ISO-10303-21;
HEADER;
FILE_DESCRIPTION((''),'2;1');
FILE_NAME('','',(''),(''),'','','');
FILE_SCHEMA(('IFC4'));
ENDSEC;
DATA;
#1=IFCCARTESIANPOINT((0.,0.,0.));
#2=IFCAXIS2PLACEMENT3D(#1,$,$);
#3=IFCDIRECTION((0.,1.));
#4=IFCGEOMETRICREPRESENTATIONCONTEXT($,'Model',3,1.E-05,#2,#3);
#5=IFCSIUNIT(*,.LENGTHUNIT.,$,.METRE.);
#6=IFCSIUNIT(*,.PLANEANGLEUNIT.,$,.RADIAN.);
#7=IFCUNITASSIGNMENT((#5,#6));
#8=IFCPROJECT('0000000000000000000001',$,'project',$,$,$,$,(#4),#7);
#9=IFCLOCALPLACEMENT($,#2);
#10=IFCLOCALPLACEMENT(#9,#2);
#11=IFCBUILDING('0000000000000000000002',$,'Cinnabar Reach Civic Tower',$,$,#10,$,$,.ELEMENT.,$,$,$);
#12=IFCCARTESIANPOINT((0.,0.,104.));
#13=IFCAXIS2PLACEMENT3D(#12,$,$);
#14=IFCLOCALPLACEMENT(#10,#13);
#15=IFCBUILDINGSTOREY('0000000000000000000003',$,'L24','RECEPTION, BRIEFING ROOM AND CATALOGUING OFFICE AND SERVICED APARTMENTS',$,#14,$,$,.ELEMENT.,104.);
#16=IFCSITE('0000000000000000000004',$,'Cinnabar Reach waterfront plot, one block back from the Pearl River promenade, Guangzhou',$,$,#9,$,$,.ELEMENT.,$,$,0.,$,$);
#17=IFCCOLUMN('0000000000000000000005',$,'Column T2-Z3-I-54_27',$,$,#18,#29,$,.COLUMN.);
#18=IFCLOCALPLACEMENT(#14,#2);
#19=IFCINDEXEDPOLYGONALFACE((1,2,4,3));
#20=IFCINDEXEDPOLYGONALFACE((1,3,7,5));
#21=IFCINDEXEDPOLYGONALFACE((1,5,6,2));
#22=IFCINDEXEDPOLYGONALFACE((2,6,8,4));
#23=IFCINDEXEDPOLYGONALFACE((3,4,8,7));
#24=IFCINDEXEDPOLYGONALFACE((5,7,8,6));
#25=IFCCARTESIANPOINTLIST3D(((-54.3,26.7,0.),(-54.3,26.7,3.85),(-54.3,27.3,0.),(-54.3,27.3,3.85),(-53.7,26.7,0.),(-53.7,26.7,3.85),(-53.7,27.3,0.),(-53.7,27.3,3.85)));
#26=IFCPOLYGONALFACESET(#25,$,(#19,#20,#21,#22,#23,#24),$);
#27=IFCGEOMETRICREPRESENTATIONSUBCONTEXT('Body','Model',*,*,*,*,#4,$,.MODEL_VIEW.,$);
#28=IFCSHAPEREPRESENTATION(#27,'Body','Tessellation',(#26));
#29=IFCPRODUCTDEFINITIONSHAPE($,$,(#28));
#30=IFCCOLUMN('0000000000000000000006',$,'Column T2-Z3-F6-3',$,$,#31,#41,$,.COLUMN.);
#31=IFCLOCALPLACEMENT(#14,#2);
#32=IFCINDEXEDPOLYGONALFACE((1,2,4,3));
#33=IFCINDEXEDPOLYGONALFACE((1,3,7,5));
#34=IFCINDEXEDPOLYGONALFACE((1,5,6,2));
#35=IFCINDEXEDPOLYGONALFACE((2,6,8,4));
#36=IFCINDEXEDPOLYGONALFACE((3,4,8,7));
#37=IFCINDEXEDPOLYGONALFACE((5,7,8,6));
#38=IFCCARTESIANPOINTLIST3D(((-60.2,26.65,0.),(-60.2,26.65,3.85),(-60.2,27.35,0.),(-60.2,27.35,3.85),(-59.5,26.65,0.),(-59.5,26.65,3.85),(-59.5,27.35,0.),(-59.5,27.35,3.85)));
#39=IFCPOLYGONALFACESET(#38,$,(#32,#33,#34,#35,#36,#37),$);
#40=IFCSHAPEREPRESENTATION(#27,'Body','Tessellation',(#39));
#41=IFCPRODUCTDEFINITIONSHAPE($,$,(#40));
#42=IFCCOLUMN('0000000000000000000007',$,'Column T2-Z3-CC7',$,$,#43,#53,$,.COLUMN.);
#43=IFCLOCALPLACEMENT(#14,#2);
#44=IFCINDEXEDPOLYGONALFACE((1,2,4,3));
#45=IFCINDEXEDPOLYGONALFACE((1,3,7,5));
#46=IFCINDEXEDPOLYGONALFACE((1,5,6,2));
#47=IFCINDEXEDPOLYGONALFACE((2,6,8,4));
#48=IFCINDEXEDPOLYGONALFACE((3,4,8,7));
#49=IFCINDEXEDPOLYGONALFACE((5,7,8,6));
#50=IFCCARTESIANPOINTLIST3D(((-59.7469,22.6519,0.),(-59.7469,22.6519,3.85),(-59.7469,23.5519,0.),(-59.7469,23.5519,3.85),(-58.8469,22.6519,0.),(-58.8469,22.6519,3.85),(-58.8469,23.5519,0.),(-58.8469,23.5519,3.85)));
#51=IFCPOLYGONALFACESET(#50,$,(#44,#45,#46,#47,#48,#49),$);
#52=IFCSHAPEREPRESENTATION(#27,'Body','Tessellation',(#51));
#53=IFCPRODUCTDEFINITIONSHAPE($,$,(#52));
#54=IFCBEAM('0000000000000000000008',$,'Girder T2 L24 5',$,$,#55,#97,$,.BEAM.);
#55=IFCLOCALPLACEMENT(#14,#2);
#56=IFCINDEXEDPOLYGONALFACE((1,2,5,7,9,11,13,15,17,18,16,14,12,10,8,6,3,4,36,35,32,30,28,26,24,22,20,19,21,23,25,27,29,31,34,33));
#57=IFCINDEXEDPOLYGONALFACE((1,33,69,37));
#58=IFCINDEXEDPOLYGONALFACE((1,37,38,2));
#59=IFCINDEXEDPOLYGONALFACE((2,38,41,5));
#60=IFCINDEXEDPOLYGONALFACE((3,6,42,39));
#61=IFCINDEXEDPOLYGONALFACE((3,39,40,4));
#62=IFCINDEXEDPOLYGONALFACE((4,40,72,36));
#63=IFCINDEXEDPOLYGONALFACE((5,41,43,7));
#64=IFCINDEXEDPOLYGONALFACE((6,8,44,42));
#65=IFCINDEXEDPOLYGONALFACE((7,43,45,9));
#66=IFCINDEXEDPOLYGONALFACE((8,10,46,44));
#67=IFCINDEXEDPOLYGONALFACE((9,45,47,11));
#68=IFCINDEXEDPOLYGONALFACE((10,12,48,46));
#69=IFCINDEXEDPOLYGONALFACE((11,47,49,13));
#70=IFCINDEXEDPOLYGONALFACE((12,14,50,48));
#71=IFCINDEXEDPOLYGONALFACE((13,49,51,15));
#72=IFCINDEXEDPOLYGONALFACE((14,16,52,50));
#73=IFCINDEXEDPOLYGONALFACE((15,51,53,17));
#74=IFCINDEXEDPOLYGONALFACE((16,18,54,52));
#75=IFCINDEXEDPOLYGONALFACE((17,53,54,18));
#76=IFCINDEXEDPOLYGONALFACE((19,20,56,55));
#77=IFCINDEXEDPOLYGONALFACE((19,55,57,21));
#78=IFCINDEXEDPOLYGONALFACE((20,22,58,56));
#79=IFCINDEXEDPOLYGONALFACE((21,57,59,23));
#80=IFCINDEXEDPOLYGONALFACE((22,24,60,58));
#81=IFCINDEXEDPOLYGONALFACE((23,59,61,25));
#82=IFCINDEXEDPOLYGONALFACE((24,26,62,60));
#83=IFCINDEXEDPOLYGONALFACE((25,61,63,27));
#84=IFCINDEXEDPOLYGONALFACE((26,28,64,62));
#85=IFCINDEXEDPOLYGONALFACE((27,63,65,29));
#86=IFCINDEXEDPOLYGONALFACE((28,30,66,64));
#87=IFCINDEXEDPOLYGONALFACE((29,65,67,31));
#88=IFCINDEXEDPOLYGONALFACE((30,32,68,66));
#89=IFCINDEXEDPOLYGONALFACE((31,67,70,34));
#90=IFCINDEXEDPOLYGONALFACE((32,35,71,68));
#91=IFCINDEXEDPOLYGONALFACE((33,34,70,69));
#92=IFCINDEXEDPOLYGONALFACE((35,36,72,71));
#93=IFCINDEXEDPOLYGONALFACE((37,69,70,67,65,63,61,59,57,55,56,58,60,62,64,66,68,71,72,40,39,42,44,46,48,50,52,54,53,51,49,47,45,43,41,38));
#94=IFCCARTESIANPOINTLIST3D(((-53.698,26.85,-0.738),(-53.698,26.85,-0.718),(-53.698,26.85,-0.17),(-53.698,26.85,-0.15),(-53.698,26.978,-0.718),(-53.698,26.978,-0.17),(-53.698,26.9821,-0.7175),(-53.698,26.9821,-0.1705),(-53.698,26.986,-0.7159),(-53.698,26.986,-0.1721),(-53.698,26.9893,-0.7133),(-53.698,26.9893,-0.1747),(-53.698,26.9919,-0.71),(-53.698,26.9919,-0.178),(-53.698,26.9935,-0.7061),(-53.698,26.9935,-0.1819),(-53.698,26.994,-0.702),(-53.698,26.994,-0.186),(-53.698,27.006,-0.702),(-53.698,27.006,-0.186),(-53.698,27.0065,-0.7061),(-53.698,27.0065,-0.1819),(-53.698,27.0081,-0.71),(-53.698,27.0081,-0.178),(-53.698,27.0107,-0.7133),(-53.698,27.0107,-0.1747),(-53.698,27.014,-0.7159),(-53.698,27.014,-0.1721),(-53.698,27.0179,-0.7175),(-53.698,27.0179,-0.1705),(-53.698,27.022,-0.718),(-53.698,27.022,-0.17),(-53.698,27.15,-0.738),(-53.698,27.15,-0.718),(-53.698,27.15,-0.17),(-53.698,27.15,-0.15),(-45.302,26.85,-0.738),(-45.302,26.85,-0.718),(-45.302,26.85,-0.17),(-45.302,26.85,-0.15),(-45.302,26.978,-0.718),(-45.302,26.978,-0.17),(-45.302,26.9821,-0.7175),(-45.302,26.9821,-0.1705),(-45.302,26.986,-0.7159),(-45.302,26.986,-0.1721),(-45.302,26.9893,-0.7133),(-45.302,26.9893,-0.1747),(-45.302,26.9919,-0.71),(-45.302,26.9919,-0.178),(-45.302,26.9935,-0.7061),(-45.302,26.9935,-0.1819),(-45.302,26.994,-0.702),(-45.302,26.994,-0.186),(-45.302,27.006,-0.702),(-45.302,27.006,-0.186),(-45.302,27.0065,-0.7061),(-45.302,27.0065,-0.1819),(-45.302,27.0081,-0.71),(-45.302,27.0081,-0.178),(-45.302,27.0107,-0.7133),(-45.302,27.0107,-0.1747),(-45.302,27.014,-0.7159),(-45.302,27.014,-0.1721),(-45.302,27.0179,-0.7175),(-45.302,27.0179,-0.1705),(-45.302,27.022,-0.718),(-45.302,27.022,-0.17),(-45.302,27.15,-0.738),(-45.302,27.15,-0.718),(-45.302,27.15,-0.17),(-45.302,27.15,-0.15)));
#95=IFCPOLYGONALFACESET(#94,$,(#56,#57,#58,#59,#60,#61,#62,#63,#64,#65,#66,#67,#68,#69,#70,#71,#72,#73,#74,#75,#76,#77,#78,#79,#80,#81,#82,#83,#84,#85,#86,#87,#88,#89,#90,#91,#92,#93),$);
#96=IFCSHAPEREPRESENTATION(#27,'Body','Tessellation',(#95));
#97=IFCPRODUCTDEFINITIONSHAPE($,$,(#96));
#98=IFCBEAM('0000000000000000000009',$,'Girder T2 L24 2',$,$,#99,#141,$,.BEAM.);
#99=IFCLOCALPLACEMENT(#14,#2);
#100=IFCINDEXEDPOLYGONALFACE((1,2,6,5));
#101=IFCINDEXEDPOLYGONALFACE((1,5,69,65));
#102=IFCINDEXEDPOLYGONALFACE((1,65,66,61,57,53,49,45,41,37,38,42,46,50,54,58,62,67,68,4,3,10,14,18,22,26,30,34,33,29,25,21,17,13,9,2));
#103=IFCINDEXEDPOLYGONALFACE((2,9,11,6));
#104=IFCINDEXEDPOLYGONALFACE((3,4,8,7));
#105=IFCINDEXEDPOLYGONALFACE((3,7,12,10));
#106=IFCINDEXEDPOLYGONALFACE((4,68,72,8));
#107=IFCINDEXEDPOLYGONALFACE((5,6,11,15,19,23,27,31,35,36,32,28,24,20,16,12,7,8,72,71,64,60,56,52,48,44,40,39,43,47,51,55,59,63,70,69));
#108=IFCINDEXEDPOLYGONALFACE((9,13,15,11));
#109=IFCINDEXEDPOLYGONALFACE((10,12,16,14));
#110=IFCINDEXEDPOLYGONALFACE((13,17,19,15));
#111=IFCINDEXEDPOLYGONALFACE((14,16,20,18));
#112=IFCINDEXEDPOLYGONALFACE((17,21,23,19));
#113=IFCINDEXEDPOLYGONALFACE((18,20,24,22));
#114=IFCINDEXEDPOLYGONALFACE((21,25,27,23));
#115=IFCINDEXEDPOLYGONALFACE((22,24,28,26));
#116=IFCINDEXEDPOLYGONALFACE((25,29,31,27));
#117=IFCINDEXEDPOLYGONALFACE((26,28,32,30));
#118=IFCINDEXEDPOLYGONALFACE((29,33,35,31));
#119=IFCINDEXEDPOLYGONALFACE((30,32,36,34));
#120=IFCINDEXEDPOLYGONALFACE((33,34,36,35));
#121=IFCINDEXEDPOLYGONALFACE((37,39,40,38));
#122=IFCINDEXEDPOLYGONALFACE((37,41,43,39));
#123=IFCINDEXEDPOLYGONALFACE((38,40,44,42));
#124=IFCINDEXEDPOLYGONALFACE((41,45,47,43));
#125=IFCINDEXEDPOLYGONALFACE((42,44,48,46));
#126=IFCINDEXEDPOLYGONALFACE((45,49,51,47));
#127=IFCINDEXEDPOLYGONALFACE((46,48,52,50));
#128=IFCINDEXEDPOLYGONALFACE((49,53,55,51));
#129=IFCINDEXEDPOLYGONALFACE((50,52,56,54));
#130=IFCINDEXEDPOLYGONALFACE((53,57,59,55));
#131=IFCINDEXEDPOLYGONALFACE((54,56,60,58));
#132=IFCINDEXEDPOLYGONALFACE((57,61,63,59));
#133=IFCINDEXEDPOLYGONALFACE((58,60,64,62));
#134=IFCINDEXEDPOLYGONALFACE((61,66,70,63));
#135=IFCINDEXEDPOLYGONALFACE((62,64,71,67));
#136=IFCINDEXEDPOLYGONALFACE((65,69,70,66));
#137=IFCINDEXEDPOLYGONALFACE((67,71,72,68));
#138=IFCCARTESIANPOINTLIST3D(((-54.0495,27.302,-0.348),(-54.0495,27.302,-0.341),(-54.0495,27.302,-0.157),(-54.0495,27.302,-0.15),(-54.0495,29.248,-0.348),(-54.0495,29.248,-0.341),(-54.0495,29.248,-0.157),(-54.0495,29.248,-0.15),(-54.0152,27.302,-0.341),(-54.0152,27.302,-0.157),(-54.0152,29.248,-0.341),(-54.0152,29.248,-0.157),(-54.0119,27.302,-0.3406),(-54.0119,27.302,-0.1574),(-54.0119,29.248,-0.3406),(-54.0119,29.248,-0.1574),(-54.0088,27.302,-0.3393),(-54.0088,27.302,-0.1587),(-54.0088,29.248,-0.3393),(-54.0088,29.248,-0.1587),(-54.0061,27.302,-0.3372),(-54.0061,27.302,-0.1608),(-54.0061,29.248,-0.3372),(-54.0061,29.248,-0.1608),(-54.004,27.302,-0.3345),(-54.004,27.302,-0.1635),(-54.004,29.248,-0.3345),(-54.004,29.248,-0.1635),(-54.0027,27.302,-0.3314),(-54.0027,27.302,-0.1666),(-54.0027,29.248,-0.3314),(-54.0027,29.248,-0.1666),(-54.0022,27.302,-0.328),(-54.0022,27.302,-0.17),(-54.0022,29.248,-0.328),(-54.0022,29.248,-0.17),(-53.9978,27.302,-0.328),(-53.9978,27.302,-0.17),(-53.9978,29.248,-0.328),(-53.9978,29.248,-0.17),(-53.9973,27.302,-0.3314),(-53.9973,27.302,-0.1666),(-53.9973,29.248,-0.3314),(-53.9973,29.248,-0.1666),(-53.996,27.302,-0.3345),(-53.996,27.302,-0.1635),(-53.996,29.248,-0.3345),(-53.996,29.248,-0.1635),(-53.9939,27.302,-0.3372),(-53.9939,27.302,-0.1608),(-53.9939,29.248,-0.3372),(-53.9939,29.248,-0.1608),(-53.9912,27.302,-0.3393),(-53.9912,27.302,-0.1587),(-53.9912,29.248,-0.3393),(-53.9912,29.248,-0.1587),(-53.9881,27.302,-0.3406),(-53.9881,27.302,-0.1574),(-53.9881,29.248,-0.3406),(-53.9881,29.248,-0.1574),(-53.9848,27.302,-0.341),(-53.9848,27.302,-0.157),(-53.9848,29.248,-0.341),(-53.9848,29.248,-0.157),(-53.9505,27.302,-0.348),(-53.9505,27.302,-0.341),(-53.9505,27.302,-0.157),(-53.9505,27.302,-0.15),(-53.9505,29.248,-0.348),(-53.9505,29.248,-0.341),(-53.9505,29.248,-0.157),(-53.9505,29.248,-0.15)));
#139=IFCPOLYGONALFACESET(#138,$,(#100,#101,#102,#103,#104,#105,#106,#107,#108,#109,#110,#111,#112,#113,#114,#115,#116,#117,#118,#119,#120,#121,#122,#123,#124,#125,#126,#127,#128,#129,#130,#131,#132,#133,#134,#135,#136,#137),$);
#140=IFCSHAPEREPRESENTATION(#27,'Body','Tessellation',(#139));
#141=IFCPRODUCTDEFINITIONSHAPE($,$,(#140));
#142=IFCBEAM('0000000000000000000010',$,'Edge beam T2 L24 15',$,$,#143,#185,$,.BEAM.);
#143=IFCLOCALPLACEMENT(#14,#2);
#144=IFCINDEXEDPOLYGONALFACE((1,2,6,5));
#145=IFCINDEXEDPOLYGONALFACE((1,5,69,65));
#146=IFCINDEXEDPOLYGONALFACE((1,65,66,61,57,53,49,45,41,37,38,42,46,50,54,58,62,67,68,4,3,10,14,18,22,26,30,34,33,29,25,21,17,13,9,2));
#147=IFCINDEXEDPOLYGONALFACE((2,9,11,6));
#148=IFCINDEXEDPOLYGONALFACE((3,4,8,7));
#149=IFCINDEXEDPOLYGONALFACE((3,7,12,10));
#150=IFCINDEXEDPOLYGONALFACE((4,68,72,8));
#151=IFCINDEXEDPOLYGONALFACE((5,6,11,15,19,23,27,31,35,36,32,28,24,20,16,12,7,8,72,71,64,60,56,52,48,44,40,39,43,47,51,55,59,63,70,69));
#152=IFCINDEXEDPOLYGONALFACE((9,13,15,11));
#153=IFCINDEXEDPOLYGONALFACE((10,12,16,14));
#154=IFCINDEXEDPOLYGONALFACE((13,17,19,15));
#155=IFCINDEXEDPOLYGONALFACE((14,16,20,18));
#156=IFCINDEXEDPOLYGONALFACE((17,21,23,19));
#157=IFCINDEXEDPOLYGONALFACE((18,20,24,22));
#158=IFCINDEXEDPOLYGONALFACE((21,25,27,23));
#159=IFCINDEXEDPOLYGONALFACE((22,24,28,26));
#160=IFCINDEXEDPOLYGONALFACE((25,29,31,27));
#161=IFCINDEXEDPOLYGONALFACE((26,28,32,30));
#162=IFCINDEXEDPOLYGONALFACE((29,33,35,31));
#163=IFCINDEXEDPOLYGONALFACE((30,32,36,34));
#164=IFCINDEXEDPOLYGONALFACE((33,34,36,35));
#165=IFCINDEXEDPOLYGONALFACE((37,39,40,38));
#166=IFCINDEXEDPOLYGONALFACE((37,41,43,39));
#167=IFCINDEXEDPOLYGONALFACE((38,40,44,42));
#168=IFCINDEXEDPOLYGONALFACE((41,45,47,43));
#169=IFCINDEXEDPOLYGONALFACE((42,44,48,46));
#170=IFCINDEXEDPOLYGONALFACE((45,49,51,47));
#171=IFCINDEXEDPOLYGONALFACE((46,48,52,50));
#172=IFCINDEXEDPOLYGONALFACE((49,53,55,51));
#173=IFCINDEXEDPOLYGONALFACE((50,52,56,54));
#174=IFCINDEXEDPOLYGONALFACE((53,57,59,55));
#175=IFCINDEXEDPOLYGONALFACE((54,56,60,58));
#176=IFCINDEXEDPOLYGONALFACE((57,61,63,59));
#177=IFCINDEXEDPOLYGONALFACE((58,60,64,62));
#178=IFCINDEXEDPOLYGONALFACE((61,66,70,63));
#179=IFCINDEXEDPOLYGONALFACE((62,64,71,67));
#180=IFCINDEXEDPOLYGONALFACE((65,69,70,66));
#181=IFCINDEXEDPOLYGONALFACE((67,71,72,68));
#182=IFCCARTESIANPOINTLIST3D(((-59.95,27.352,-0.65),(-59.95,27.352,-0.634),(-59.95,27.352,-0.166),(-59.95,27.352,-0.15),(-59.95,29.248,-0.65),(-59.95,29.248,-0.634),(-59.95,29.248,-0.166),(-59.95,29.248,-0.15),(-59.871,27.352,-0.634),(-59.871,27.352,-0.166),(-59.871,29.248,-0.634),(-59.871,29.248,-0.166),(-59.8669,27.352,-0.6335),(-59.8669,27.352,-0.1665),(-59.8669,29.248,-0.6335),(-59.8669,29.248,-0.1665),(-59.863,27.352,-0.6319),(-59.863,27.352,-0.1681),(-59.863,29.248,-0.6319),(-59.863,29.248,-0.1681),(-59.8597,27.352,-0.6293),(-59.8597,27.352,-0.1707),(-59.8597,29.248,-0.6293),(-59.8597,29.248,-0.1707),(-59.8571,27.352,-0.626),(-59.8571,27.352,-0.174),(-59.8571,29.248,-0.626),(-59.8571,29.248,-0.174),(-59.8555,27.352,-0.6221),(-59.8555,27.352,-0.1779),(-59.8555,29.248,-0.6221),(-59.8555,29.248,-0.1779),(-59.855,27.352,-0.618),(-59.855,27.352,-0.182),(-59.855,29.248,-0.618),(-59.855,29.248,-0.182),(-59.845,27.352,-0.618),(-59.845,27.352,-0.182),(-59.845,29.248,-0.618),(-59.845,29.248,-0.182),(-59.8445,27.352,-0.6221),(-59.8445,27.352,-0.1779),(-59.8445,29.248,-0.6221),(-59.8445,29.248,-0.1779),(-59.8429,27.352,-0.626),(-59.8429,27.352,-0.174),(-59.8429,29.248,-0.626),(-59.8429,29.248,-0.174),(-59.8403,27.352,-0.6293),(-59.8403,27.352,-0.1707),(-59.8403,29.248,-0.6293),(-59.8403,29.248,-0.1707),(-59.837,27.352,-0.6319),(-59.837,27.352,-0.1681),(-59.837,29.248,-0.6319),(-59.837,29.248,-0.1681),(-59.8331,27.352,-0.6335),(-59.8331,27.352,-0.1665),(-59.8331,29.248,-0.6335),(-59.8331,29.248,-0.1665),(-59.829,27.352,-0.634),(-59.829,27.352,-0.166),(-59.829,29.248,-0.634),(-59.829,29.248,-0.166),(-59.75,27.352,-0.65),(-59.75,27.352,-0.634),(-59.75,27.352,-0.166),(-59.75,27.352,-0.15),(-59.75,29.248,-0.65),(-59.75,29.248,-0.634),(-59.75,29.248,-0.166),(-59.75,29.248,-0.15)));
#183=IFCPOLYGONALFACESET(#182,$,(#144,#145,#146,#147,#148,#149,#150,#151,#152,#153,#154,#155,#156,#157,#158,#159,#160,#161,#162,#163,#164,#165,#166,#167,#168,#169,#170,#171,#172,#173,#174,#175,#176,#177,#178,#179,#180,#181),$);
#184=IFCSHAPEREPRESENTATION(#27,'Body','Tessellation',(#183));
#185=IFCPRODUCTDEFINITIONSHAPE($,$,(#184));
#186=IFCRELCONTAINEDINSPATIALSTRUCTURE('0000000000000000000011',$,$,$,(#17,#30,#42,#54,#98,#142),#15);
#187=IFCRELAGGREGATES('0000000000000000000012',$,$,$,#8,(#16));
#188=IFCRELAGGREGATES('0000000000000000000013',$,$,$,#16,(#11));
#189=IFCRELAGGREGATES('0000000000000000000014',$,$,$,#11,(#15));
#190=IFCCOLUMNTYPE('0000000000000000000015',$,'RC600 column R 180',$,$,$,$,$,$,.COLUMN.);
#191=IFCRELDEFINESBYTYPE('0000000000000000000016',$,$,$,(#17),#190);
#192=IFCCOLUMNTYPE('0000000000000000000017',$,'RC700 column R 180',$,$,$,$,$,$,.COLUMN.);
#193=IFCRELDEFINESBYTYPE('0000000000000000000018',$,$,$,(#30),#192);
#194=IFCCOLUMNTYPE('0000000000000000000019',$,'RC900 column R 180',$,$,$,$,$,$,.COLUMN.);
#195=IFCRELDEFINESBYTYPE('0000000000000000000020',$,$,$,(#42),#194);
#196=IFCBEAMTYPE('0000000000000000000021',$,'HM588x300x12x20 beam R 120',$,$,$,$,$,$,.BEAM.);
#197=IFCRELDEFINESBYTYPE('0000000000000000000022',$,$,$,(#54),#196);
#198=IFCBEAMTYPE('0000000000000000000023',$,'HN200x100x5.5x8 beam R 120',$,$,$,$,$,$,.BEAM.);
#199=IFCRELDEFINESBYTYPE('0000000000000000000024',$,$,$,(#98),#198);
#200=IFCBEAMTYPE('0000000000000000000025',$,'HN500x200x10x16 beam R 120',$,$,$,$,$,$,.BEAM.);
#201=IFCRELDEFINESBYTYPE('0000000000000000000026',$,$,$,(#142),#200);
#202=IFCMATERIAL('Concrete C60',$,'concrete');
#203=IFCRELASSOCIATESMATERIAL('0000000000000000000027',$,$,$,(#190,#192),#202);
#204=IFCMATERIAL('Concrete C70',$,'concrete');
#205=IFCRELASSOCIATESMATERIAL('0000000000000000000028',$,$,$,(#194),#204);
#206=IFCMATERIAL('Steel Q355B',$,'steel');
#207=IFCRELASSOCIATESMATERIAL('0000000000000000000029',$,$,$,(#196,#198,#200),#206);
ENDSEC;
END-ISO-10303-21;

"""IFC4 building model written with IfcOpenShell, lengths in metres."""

from ifc_helpers import new_model, si_unit, direction, frame, origin, origin_2d, place, context, subcontext, project, spatial, rectangle, i_section, extrude, material, material_profile, profile_set, type_object, element, save


model = new_model("IFC4")

# Units and contexts
model_context = context("Model", 3, precision=1e-05, world=origin(), true_north=direction((0.0, 1.0)))
body_context = subcontext(model_context, "Body", "Model", "MODEL_VIEW")
ifc_project = project(units=[si_unit("LENGTHUNIT", "METRE"), si_unit("PLANEANGLEUNIT", "RADIAN")], contexts=[model_context])

# Site, building, storey
site_placement = place(None, origin())
site = spatial("IfcSite", under=ifc_project, at=site_placement, Name="Cinnabar Reach waterfront plot, one block back from the Pearl River promenade, Guangzhou", CompositionType="ELEMENT", RefElevation=0.0)
building_placement = place(site_placement, origin())
building = spatial("IfcBuilding", under=site, at=building_placement, Name="Cinnabar Reach Civic Tower", CompositionType="ELEMENT")
storey_placement = place(building_placement, frame((0.0, 0.0, 104.0)))
storey = spatial("IfcBuildingStorey", under=building, at=storey_placement, Name="L24", Description="RECEPTION, BRIEFING ROOM AND CATALOGUING OFFICE AND SERVICED APARTMENTS", CompositionType="ELEMENT", Elevation=104.0)

# Columns
ifc_material_1 = material(Name="Concrete C60", Category="concrete")
ifc_material_profile_1 = material_profile(ifc_material_1, rectangle(XDim=0.6, YDim=0.6, at=origin_2d()), Name="RC600")
ifc_profile_set_1 = profile_set([ifc_material_profile_1], Name="Concrete C60")
column_type_1 = type_object("IfcColumnType", Name="RC600 column R 180", PredefinedType="COLUMN", material=ifc_profile_set_1)
column_1_placement = place(storey_placement, frame((-54.0, 27.0, 0.0), z_axis=(0.0, 0.0, 1.0), x_axis=(1.0, 0.0, 0.0)))
element("IfcColumn", 1, at=column_1_placement, inside=storey, type_object=column_type_1, Name="Column T2-Z3-I-54_27", PredefinedType="COLUMN", context=body_context, shape_type="SweptSolid", body=[
    extrude(rectangle(XDim=0.6, YDim=0.6, at=origin_2d()), origin(), (0.0, 0.0, 1.0), 3.85),
])
ifc_material_profile_2 = material_profile(ifc_material_1, rectangle(XDim=0.7, YDim=0.7, at=origin_2d()), Name="RC700")
ifc_profile_set_2 = profile_set([ifc_material_profile_2], Name="Concrete C60")
column_type_2 = type_object("IfcColumnType", Name="RC700 column R 180", PredefinedType="COLUMN", material=ifc_profile_set_2)
column_2_placement = place(storey_placement, frame((-59.85, 27.0, 0.0), z_axis=(0.0, 0.0, 1.0), x_axis=(1.0, 0.0, 0.0)))
element("IfcColumn", 2, at=column_2_placement, inside=storey, type_object=column_type_2, Name="Column T2-Z3-F6-3", PredefinedType="COLUMN", context=body_context, shape_type="SweptSolid", body=[
    extrude(rectangle(XDim=0.7, YDim=0.7, at=origin_2d()), origin(), (0.0, 0.0, 1.0), 3.85),
])
ifc_material_2 = material(Name="Concrete C70", Category="concrete")
ifc_material_profile_3 = material_profile(ifc_material_2, rectangle(XDim=0.9, YDim=0.9, at=origin_2d()), Name="RC900")
ifc_profile_set_3 = profile_set([ifc_material_profile_3], Name="Concrete C70")
column_type_3 = type_object("IfcColumnType", Name="RC900 column R 180", PredefinedType="COLUMN", material=ifc_profile_set_3)
column_3_placement = place(storey_placement, frame((-59.2969, 23.1019, 0.0), z_axis=(0.0, 0.0, 1.0), x_axis=(1.0, 0.0, 0.0)))
element("IfcColumn", 3, at=column_3_placement, inside=storey, type_object=column_type_3, Name="Column T2-Z3-CC7", PredefinedType="COLUMN", context=body_context, shape_type="SweptSolid", body=[
    extrude(rectangle(XDim=0.9, YDim=0.9, at=origin_2d()), origin(), (0.0, 0.0, 1.0), 3.85),
])

# Beams
ifc_material_3 = material(Name="Steel Q355B", Category="steel")
ifc_material_profile_4 = material_profile(ifc_material_3, i_section(OverallWidth=0.3, OverallDepth=0.588, WebThickness=0.012, FlangeThickness=0.02, FilletRadius=0.016, at=origin_2d()), Name="HM588x300x12x20")
ifc_profile_set_4 = profile_set([ifc_material_profile_4], Name="Steel Q355B")
beam_type_1 = type_object("IfcBeamType", Name="HM588x300x12x20 beam R 120", PredefinedType="BEAM", material=ifc_profile_set_4)
beam_1_placement = place(storey_placement, frame((-53.698, 27.0, -0.444), z_axis=(1.0, 0.0, 0.0), x_axis=(0.0, 1.0, 0.0)))
element("IfcBeam", 4, at=beam_1_placement, inside=storey, type_object=beam_type_1, Name="Girder T2 L24 5", PredefinedType="BEAM", context=body_context, shape_type="SweptSolid", body=[
    extrude(i_section(OverallWidth=0.3, OverallDepth=0.588, WebThickness=0.012, FlangeThickness=0.02, FilletRadius=0.016, at=origin_2d()), origin(), (0.0, 0.0, 1.0), 8.396),
])
ifc_material_profile_5 = material_profile(ifc_material_3, i_section(OverallWidth=0.099, OverallDepth=0.198, WebThickness=0.0045, FlangeThickness=0.007, FilletRadius=0.013, at=origin_2d()), Name="HN200x100x5.5x8")
ifc_profile_set_5 = profile_set([ifc_material_profile_5], Name="Steel Q355B")
beam_type_2 = type_object("IfcBeamType", Name="HN200x100x5.5x8 beam R 120", PredefinedType="BEAM", material=ifc_profile_set_5)
beam_2_placement = place(storey_placement, frame((-54.0, 27.302, -0.249), z_axis=(0.0, 1.0, 0.0), x_axis=(-1.0, 0.0, 0.0)))
element("IfcBeam", 5, at=beam_2_placement, inside=storey, type_object=beam_type_2, Name="Girder T2 L24 2", PredefinedType="BEAM", context=body_context, shape_type="SweptSolid", body=[
    extrude(i_section(OverallWidth=0.099, OverallDepth=0.198, WebThickness=0.0045, FlangeThickness=0.007, FilletRadius=0.013, at=origin_2d()), origin(), (0.0, 0.0, 1.0), 1.946),
])
ifc_material_profile_6 = material_profile(ifc_material_3, i_section(OverallWidth=0.2, OverallDepth=0.5, WebThickness=0.01, FlangeThickness=0.016, FilletRadius=0.016, at=origin_2d()), Name="HN500x200x10x16")
ifc_profile_set_6 = profile_set([ifc_material_profile_6], Name="Steel Q355B")
beam_type_3 = type_object("IfcBeamType", Name="HN500x200x10x16 beam R 120", PredefinedType="BEAM", material=ifc_profile_set_6)
beam_3_placement = place(storey_placement, frame((-59.85, 29.248, -0.4), z_axis=(0.0, -1.0, 0.0), x_axis=(1.0, 0.0, 0.0)))
element("IfcBeam", 6, at=beam_3_placement, inside=storey, type_object=beam_type_3, Name="Edge beam T2 L24 15", PredefinedType="BEAM", context=body_context, shape_type="SweptSolid", body=[
    extrude(i_section(OverallWidth=0.2, OverallDepth=0.5, WebThickness=0.01, FlangeThickness=0.016, FilletRadius=0.016, at=origin_2d()), origin(), (0.0, 0.0, 1.0), 1.896),
])

save(model, "model.ifc")
